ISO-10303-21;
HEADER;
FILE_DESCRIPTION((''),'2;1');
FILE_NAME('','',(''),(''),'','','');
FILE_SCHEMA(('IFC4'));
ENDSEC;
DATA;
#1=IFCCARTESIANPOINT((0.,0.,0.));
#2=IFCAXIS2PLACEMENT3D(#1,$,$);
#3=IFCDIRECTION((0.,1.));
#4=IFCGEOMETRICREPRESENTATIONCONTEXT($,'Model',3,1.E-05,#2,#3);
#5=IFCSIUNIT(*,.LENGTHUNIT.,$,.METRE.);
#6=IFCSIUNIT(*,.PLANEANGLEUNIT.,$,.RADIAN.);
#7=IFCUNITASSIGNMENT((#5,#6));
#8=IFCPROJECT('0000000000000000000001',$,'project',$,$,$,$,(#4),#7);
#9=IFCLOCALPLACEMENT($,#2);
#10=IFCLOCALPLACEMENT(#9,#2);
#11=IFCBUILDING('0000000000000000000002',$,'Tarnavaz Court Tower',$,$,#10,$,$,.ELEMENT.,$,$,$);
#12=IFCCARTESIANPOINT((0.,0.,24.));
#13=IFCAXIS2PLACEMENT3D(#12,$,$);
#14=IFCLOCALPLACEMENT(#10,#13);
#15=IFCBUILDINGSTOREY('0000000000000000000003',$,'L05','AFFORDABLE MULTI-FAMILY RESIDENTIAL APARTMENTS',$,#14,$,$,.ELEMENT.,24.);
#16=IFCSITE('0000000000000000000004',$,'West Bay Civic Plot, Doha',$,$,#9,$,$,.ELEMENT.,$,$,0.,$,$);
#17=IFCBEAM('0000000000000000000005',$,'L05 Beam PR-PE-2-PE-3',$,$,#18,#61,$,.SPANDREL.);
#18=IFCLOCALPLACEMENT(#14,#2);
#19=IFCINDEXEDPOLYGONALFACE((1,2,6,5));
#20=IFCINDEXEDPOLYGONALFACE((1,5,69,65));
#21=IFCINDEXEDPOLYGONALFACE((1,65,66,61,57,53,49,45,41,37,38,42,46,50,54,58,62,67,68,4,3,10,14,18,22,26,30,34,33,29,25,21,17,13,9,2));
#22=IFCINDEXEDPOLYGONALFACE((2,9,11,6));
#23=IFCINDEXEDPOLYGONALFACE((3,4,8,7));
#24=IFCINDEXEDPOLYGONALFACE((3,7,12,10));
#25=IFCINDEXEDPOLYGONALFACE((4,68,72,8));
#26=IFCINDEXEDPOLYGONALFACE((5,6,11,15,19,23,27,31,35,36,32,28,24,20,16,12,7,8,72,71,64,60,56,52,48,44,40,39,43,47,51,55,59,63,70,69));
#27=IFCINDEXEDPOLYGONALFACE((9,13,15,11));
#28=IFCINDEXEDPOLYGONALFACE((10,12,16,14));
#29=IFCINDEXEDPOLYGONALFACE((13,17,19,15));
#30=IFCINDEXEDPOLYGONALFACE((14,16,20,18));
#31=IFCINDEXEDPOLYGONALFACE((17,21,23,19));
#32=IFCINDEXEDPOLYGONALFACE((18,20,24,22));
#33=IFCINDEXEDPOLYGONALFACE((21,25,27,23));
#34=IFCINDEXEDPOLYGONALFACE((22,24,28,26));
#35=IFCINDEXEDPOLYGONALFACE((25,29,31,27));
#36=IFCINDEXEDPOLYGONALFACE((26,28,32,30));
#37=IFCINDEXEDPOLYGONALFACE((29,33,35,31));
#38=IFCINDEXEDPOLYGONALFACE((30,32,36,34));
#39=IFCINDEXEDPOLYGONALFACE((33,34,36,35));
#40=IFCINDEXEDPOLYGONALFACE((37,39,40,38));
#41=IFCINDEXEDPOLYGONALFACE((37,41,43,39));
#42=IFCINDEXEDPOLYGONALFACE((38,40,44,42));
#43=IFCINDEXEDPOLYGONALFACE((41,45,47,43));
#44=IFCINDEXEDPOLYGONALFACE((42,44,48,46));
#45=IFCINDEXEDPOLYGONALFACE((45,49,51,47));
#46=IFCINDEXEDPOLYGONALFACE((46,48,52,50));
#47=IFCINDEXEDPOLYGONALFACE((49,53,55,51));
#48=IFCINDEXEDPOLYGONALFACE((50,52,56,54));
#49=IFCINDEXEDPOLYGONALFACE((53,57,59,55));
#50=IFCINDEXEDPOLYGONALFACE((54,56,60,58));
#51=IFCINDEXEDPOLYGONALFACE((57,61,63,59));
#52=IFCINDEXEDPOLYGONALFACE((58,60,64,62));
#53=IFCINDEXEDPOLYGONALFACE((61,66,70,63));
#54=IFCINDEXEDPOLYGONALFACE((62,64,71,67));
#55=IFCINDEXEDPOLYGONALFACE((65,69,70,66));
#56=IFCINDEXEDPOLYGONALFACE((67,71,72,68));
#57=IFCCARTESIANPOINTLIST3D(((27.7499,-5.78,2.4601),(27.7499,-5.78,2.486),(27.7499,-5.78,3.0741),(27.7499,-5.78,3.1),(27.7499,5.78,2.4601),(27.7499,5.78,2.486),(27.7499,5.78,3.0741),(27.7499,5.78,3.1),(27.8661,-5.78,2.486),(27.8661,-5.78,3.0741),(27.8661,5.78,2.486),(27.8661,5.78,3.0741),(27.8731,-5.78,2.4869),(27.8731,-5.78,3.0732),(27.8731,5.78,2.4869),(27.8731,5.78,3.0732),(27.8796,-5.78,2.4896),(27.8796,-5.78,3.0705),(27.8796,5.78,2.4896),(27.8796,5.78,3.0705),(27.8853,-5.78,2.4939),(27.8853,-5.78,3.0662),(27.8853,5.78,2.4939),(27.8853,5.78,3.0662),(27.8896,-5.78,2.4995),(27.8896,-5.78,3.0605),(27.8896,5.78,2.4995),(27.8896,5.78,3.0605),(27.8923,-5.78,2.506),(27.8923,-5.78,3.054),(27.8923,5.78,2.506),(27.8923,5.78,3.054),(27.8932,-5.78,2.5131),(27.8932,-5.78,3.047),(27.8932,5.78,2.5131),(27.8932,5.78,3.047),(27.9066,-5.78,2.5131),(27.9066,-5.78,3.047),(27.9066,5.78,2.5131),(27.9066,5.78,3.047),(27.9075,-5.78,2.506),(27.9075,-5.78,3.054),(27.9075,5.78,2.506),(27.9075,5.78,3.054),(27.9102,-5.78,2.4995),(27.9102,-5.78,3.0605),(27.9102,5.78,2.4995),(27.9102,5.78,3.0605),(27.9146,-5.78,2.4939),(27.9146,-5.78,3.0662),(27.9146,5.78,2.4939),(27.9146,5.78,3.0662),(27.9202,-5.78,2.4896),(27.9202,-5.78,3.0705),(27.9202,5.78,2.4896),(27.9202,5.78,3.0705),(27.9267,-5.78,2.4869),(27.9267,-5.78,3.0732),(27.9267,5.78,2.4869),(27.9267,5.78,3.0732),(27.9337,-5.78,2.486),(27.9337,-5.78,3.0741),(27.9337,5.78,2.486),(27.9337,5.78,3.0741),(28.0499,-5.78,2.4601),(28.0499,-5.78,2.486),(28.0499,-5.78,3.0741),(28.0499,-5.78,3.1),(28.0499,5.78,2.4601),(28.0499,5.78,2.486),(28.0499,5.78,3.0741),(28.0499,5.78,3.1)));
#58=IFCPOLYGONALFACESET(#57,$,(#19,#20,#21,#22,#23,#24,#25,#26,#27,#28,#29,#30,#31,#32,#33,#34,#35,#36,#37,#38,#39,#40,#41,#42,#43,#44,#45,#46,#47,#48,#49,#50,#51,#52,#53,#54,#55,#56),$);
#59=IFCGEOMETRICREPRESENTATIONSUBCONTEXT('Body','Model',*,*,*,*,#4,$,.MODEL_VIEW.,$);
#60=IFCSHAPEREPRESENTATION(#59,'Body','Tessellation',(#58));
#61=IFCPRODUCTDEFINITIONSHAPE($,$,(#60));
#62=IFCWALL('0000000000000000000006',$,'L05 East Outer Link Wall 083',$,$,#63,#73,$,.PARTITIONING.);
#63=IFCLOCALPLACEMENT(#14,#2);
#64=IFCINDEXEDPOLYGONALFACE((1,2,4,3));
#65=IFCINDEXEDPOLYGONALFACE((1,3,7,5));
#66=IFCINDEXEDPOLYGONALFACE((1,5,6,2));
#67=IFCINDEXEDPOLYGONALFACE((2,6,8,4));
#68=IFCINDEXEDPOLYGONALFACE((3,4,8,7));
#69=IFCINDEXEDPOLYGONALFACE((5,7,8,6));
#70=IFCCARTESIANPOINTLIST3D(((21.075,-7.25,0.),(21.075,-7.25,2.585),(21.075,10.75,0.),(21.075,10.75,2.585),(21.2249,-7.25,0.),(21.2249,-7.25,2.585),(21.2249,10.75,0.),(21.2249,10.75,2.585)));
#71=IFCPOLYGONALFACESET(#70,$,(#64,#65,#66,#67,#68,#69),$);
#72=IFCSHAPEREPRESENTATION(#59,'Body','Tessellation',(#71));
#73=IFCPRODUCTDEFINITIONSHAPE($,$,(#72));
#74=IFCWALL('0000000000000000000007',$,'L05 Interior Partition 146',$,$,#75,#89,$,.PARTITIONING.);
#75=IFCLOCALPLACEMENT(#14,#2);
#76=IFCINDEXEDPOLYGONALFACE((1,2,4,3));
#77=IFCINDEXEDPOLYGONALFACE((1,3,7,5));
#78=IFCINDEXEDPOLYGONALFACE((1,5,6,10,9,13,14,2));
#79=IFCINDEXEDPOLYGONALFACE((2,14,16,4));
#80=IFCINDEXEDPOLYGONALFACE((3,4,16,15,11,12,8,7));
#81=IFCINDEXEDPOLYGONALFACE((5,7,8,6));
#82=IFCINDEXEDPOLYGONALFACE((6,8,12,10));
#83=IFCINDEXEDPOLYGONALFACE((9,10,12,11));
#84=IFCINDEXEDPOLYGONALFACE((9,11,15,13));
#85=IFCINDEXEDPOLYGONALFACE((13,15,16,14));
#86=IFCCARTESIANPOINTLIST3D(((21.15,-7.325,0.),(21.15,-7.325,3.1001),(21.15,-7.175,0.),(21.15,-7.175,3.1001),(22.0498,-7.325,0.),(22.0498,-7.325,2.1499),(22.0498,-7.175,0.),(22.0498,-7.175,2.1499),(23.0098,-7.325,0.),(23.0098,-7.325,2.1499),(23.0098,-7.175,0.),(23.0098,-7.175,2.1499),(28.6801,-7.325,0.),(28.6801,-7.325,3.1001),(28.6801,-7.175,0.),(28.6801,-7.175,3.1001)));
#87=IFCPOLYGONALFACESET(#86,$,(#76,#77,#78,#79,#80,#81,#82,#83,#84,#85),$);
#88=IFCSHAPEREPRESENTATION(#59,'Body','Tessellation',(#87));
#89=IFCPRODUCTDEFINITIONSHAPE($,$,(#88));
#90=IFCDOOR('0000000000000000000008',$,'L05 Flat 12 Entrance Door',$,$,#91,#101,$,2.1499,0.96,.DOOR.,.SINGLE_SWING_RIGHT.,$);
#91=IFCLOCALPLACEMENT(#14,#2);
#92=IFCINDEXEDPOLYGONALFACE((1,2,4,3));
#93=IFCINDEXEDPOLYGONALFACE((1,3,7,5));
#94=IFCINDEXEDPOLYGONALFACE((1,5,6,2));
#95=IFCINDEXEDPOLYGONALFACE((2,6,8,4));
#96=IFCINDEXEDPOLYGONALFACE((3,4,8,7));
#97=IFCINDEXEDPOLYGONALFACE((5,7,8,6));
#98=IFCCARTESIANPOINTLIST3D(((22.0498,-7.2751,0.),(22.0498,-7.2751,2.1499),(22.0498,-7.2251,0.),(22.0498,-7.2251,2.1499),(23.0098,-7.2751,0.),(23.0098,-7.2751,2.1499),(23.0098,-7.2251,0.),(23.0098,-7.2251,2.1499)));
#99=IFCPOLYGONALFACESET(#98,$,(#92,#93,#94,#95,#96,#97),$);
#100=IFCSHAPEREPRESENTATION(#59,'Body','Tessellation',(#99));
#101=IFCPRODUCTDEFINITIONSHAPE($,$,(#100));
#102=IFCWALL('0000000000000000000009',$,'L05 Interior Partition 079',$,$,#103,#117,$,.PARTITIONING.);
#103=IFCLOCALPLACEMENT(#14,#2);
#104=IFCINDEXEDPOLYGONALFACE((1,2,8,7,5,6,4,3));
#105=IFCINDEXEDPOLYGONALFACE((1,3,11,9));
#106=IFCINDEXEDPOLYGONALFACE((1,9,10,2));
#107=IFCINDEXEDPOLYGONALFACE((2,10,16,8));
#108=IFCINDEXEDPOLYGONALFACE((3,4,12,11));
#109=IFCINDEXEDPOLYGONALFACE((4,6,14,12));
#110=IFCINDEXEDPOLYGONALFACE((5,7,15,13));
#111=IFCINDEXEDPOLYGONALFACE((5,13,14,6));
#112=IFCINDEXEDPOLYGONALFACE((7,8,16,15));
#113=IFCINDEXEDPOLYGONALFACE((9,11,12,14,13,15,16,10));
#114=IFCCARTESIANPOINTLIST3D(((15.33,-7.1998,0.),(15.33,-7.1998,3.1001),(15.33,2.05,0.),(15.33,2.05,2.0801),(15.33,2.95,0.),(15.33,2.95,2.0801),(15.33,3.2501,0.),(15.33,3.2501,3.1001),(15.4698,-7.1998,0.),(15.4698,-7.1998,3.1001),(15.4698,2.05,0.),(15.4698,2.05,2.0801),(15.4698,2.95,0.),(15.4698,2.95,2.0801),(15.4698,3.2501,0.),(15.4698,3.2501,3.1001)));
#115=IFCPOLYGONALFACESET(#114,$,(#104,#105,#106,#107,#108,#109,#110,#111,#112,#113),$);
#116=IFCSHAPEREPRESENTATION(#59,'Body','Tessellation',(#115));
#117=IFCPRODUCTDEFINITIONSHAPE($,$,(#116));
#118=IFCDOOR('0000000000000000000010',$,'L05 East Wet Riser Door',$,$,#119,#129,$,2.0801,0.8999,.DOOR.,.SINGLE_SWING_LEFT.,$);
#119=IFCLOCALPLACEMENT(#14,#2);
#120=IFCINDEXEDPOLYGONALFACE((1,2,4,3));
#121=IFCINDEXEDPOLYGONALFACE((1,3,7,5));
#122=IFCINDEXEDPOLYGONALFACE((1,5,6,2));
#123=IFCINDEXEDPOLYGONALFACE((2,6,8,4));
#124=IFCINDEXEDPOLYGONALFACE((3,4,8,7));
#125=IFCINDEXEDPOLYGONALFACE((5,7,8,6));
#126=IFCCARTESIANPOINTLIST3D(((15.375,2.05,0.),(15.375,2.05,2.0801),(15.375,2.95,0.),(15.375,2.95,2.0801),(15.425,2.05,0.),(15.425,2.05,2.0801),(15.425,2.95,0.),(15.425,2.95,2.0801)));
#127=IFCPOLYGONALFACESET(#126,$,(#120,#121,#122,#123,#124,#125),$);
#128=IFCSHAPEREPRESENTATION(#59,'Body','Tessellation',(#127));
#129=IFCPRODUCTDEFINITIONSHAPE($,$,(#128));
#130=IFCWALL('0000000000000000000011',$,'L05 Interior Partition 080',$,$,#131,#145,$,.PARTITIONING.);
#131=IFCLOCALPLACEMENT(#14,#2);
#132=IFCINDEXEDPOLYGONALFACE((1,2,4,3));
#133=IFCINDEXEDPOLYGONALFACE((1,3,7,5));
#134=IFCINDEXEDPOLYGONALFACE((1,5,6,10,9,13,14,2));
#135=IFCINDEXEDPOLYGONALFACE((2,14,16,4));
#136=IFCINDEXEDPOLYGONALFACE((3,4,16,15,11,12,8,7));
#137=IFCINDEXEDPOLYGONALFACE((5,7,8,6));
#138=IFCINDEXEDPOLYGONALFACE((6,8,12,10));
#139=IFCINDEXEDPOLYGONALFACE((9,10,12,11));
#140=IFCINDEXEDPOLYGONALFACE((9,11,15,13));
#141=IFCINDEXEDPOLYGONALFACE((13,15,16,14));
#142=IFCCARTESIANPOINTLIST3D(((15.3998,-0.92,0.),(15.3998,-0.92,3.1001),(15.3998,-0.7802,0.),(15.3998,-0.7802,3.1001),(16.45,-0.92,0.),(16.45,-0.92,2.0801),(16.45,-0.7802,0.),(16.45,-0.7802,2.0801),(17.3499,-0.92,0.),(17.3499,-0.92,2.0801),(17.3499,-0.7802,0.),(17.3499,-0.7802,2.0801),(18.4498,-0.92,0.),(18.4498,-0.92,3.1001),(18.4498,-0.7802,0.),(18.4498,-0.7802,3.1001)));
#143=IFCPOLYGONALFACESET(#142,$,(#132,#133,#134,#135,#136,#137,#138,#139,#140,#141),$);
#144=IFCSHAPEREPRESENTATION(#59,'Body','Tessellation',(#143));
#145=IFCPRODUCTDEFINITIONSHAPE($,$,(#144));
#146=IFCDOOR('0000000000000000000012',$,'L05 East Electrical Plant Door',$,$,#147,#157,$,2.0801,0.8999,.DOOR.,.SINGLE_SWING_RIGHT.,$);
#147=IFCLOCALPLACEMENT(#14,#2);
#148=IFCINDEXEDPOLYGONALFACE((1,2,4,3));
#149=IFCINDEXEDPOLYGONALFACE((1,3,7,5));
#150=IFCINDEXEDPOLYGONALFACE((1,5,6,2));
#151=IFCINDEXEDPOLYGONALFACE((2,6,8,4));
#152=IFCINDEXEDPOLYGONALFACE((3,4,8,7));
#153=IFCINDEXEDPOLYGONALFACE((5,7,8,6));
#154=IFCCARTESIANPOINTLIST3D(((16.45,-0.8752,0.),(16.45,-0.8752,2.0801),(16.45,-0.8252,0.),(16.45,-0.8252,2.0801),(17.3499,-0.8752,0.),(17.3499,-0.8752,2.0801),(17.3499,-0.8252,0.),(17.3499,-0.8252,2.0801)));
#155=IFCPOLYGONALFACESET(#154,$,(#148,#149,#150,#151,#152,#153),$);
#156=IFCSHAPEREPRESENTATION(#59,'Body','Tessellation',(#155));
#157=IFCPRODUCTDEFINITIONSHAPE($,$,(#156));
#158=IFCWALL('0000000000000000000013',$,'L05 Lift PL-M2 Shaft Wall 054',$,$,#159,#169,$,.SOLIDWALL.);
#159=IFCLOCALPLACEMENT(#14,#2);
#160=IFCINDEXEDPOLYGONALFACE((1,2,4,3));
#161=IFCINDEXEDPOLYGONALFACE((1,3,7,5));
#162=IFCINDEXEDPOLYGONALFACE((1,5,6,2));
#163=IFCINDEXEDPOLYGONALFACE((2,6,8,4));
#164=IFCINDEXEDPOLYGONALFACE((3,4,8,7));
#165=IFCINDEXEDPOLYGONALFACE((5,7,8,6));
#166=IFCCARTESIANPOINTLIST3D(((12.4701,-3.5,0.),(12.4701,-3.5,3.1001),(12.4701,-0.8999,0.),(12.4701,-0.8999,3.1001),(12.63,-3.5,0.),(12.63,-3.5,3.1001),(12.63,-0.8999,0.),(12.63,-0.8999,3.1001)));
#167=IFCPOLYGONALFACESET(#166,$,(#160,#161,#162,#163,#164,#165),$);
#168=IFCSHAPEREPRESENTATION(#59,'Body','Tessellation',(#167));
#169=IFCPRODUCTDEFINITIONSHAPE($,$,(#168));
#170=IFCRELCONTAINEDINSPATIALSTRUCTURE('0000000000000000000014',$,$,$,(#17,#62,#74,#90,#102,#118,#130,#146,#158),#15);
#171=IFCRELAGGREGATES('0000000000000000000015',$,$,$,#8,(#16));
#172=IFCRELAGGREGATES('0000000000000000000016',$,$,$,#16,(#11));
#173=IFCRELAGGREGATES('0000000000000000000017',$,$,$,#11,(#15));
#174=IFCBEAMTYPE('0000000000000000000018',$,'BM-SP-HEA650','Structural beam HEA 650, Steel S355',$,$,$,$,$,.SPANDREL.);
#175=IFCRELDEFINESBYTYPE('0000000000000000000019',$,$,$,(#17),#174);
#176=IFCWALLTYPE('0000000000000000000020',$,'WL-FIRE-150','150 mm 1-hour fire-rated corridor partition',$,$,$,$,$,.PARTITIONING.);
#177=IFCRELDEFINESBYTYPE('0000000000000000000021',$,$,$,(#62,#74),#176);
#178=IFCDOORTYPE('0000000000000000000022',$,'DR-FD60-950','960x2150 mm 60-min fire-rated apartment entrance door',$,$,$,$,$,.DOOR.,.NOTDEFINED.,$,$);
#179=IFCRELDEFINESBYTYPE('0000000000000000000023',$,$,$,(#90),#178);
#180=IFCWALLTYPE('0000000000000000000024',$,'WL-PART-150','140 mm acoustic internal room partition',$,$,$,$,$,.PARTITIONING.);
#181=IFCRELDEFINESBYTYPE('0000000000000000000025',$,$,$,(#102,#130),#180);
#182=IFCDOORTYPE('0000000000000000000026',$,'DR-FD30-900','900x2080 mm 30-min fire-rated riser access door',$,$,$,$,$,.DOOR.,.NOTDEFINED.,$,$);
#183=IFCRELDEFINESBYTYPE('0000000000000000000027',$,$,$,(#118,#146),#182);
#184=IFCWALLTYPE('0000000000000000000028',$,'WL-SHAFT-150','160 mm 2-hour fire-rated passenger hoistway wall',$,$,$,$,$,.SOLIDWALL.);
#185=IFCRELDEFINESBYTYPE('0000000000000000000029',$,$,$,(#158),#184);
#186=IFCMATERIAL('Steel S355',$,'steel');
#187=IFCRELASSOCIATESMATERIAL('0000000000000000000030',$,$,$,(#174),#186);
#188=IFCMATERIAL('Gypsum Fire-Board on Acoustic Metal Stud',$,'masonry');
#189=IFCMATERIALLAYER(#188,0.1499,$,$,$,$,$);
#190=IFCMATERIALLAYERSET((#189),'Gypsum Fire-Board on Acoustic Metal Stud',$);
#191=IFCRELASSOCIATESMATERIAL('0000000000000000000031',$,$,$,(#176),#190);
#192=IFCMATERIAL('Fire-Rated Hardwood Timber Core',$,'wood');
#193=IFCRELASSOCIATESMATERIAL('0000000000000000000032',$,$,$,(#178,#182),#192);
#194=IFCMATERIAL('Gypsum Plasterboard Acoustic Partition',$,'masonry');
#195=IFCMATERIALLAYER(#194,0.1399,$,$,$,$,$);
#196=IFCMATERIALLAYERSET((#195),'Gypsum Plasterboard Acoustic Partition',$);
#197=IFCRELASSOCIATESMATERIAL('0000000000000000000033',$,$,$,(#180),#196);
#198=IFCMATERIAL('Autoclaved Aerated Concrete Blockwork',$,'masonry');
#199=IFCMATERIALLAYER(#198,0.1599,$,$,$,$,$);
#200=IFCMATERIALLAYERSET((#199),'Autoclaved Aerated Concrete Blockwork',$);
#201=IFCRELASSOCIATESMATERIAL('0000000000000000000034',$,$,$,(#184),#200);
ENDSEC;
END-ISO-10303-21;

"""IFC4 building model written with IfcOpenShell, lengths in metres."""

from ifc_helpers import new_model, si_unit, direction, frame, frame_2d, origin, origin_2d, place, context, subcontext, project, spatial, rectangle, i_section, extrude, material, layer, layer_set, material_profile, profile_set, type_object, element, fill, save


model = new_model("IFC4")

# Units and contexts
model_context = context("Model", 3, precision=1e-05, world=origin(), true_north=direction((0.0, 1.0)))
body_context = subcontext(model_context, "Body", "Model", "MODEL_VIEW")
ifc_project = project(units=[si_unit("LENGTHUNIT", "METRE"), si_unit("PLANEANGLEUNIT", "RADIAN")], contexts=[model_context])

# Site, building, storey
site_placement = place(None, origin())
site = spatial("IfcSite", under=ifc_project, at=site_placement, Name="West Bay Civic Plot, Doha", CompositionType="ELEMENT", RefElevation=0.0)
building_placement = place(site_placement, origin())
building = spatial("IfcBuilding", under=site, at=building_placement, Name="Tarnavaz Court Tower", CompositionType="ELEMENT")
storey_placement = place(building_placement, frame((0.0, 0.0, 24.0)))
storey = spatial("IfcBuildingStorey", under=building, at=storey_placement, Name="L05", Description="AFFORDABLE MULTI-FAMILY RESIDENTIAL APARTMENTS", CompositionType="ELEMENT", Elevation=24.0)

# Beam
ifc_material_1 = material(Name="Steel S355", Category="steel")
ifc_material_profile_1 = material_profile(ifc_material_1, i_section(OverallWidth=0.3, OverallDepth=0.6399, WebThickness=0.0134, FlangeThickness=0.0259, FilletRadius=0.0271, at=origin_2d()), Name="HEA 650")
ifc_profile_set_1 = profile_set([ifc_material_profile_1], Name="Steel S355")
beam_type_1 = type_object("IfcBeamType", Name="BM-SP-HEA650", Description="Structural beam HEA 650, Steel S355", PredefinedType="SPANDREL", material=ifc_profile_set_1)
beam_1_placement = place(storey_placement, frame((27.8999, -5.78, 2.78), z_axis=(0.0, 1.0, 0.0), x_axis=(-1.0, 0.0, 0.0)))
element("IfcBeam", 1, at=beam_1_placement, inside=storey, type_object=beam_type_1, Name="L05 Beam PR-PE-2-PE-3", PredefinedType="SPANDREL", context=body_context, shape_type="SweptSolid", body=[
    extrude(i_section(OverallWidth=0.3, OverallDepth=0.6399, WebThickness=0.0134, FlangeThickness=0.0259, FilletRadius=0.0271, at=origin_2d()), origin(), (0.0, 0.0, 1.0), 11.5601),
])

# Wall
ifc_material_2 = material(Name="Gypsum Fire-Board on Acoustic Metal Stud", Category="masonry")
ifc_layer_1 = layer(ifc_material_2, 0.1499)
ifc_layer_set_1 = layer_set([ifc_layer_1], Name="Gypsum Fire-Board on Acoustic Metal Stud")
wall_type_1 = type_object("IfcWallType", Name="WL-FIRE-150", Description="150 mm 1-hour fire-rated corridor partition", PredefinedType="PARTITIONING", material=ifc_layer_set_1)
wall_1_placement = place(storey_placement, frame((21.1499, -7.25, 0.0), z_axis=(0.0, 0.0, 1.0), x_axis=(0.0, 1.0, 0.0)))
element("IfcWall", 2, at=wall_1_placement, inside=storey, type_object=wall_type_1, Name="L05 East Outer Link Wall 083", PredefinedType="PARTITIONING", context=body_context, shape_type="SweptSolid", body=[
    extrude(rectangle(XDim=18.0, YDim=0.1499, at=frame_2d((9.0, 0.0))), origin(), (0.0, 0.0, 1.0), 2.585),
])

# Walls, openings, doors
wall_2_placement = place(storey_placement, frame((21.1499, -7.25, 0.0), z_axis=(0.0, 0.0, 1.0), x_axis=(1.0, 0.0, 0.0)))
wall_2 = element("IfcWall", 3, at=wall_2_placement, inside=storey, type_object=wall_type_1, Name="L05 Interior Partition 146", PredefinedType="PARTITIONING", context=body_context, shape_type="SweptSolid", body=[
    extrude(rectangle(XDim=7.53, YDim=0.1499, at=frame_2d((3.7651, 0.0))), origin(), (0.0, 0.0, 1.0), 3.1001),
])
opening_1_placement = place(wall_2_placement, frame((0.8999, 0.0, 0.0)))
opening_1 = element("IfcOpeningElement", 4, at=opening_1_placement, cuts=wall_2, PredefinedType="OPENING", context=body_context, shape_type="SweptSolid", body=[
    extrude(rectangle(XDim=0.96, YDim=2.1499, at=frame_2d((0.48, 1.075))), frame((0.0, 0.085, 0.0), z_axis=(0.0, -1.0, 0.0), x_axis=(1.0, 0.0, 0.0)), (0.0, 0.0, 1.0), 0.1699),
])
ifc_material_3 = material(Name="Fire-Rated Hardwood Timber Core", Category="wood")
door_type_1 = type_object("IfcDoorType", Name="DR-FD60-950", Description="960x2150 mm 60-min fire-rated apartment entrance door", OperationType="NOTDEFINED", PredefinedType="DOOR", material=ifc_material_3)
door_1_placement = place(opening_1_placement, origin())
door_1 = element("IfcDoor", 5, at=door_1_placement, inside=storey, type_object=door_type_1, Name="L05 Flat 12 Entrance Door", OperationType="SINGLE_SWING_RIGHT", OverallHeight=2.1499, OverallWidth=0.96, PredefinedType="DOOR", context=body_context, shape_type="SweptSolid", body=[
    extrude(rectangle(XDim=0.96, YDim=2.1499, at=frame_2d((0.48, 1.075))), frame((0.0, 0.0249, 0.0), z_axis=(0.0, -1.0, 0.0), x_axis=(1.0, 0.0, 0.0)), (0.0, 0.0, 1.0), 0.05),
])
fill(opening_1, door_1)
ifc_material_4 = material(Name="Gypsum Plasterboard Acoustic Partition", Category="masonry")
ifc_layer_2 = layer(ifc_material_4, 0.1399)
ifc_layer_set_2 = layer_set([ifc_layer_2], Name="Gypsum Plasterboard Acoustic Partition")
wall_type_2 = type_object("IfcWallType", Name="WL-PART-150", Description="140 mm acoustic internal room partition", PredefinedType="PARTITIONING", material=ifc_layer_set_2)
wall_3_placement = place(storey_placement, frame((15.3999, -7.2, 0.0), z_axis=(0.0, 0.0, 1.0), x_axis=(0.0, 1.0, 0.0)))
wall_3 = element("IfcWall", 6, at=wall_3_placement, inside=storey, type_object=wall_type_2, Name="L05 Interior Partition 079", PredefinedType="PARTITIONING", context=body_context, shape_type="SweptSolid", body=[
    extrude(rectangle(XDim=10.45, YDim=0.1399, at=frame_2d((5.2251, 0.0))), origin(), (0.0, 0.0, 1.0), 3.1001),
])
opening_2_placement = place(wall_3_placement, frame((9.25, 0.0, 0.0)))
opening_2 = element("IfcOpeningElement", 7, at=opening_2_placement, cuts=wall_3, PredefinedType="OPENING", context=body_context, shape_type="SweptSolid", body=[
    extrude(rectangle(XDim=0.8999, YDim=2.0801, at=frame_2d((0.45, 1.04))), frame((0.0, 0.0798, 0.0), z_axis=(0.0, -1.0, 0.0), x_axis=(1.0, 0.0, 0.0)), (0.0, 0.0, 1.0), 0.1599),
])
door_type_2 = type_object("IfcDoorType", Name="DR-FD30-900", Description="900x2080 mm 30-min fire-rated riser access door", OperationType="NOTDEFINED", PredefinedType="DOOR", material=ifc_material_3)
door_2_placement = place(opening_2_placement, origin())
door_2 = element("IfcDoor", 8, at=door_2_placement, inside=storey, type_object=door_type_2, Name="L05 East Wet Riser Door", OperationType="SINGLE_SWING_LEFT", OverallHeight=2.0801, OverallWidth=0.8999, PredefinedType="DOOR", context=body_context, shape_type="SweptSolid", body=[
    extrude(rectangle(XDim=0.8999, YDim=2.0801, at=frame_2d((0.45, 1.04))), frame((0.0, 0.0249, 0.0), z_axis=(0.0, -1.0, 0.0), x_axis=(1.0, 0.0, 0.0)), (0.0, 0.0, 1.0), 0.05),
])
fill(opening_2, door_2)
wall_4_placement = place(storey_placement, frame((15.3999, -0.8501, 0.0), z_axis=(0.0, 0.0, 1.0), x_axis=(1.0, 0.0, 0.0)))
wall_4 = element("IfcWall", 9, at=wall_4_placement, inside=storey, type_object=wall_type_2, Name="L05 Interior Partition 080", PredefinedType="PARTITIONING", context=body_context, shape_type="SweptSolid", body=[
    extrude(rectangle(XDim=3.05, YDim=0.1399, at=frame_2d((1.5249, 0.0))), origin(), (0.0, 0.0, 1.0), 3.1001),
])
opening_3_placement = place(wall_4_placement, frame((1.05, 0.0, 0.0)))
opening_3 = element("IfcOpeningElement", 10, at=opening_3_placement, cuts=wall_4, PredefinedType="OPENING", context=body_context, shape_type="SweptSolid", body=[
    extrude(rectangle(XDim=0.8999, YDim=2.0801, at=frame_2d((0.45, 1.04))), frame((0.0, 0.0798, 0.0), z_axis=(0.0, -1.0, 0.0), x_axis=(1.0, 0.0, 0.0)), (0.0, 0.0, 1.0), 0.1599),
])
door_3_placement = place(opening_3_placement, origin())
door_3 = element("IfcDoor", 11, at=door_3_placement, inside=storey, type_object=door_type_2, Name="L05 East Electrical Plant Door", OperationType="SINGLE_SWING_RIGHT", OverallHeight=2.0801, OverallWidth=0.8999, PredefinedType="DOOR", context=body_context, shape_type="SweptSolid", body=[
    extrude(rectangle(XDim=0.8999, YDim=2.0801, at=frame_2d((0.45, 1.04))), frame((0.0, 0.0249, 0.0), z_axis=(0.0, -1.0, 0.0), x_axis=(1.0, 0.0, 0.0)), (0.0, 0.0, 1.0), 0.05),
])
fill(opening_3, door_3)

# Wall
ifc_material_5 = material(Name="Autoclaved Aerated Concrete Blockwork", Category="masonry")
ifc_layer_3 = layer(ifc_material_5, 0.1599)
ifc_layer_set_3 = layer_set([ifc_layer_3], Name="Autoclaved Aerated Concrete Blockwork")
wall_type_3 = type_object("IfcWallType", Name="WL-SHAFT-150", Description="160 mm 2-hour fire-rated passenger hoistway wall", PredefinedType="SOLIDWALL", material=ifc_layer_set_3)
wall_5_placement = place(storey_placement, frame((12.55, -3.5, 0.0), z_axis=(0.0, 0.0, 1.0), x_axis=(0.0, 1.0, 0.0)))
element("IfcWall", 12, at=wall_5_placement, inside=storey, type_object=wall_type_3, Name="L05 Lift PL-M2 Shaft Wall 054", PredefinedType="SOLIDWALL", context=body_context, shape_type="SweptSolid", body=[
    extrude(rectangle(XDim=2.6001, YDim=0.1599, at=frame_2d((1.3, 0.0))), origin(), (0.0, 0.0, 1.0), 3.1001),
])

save(model, "model.ifc")
